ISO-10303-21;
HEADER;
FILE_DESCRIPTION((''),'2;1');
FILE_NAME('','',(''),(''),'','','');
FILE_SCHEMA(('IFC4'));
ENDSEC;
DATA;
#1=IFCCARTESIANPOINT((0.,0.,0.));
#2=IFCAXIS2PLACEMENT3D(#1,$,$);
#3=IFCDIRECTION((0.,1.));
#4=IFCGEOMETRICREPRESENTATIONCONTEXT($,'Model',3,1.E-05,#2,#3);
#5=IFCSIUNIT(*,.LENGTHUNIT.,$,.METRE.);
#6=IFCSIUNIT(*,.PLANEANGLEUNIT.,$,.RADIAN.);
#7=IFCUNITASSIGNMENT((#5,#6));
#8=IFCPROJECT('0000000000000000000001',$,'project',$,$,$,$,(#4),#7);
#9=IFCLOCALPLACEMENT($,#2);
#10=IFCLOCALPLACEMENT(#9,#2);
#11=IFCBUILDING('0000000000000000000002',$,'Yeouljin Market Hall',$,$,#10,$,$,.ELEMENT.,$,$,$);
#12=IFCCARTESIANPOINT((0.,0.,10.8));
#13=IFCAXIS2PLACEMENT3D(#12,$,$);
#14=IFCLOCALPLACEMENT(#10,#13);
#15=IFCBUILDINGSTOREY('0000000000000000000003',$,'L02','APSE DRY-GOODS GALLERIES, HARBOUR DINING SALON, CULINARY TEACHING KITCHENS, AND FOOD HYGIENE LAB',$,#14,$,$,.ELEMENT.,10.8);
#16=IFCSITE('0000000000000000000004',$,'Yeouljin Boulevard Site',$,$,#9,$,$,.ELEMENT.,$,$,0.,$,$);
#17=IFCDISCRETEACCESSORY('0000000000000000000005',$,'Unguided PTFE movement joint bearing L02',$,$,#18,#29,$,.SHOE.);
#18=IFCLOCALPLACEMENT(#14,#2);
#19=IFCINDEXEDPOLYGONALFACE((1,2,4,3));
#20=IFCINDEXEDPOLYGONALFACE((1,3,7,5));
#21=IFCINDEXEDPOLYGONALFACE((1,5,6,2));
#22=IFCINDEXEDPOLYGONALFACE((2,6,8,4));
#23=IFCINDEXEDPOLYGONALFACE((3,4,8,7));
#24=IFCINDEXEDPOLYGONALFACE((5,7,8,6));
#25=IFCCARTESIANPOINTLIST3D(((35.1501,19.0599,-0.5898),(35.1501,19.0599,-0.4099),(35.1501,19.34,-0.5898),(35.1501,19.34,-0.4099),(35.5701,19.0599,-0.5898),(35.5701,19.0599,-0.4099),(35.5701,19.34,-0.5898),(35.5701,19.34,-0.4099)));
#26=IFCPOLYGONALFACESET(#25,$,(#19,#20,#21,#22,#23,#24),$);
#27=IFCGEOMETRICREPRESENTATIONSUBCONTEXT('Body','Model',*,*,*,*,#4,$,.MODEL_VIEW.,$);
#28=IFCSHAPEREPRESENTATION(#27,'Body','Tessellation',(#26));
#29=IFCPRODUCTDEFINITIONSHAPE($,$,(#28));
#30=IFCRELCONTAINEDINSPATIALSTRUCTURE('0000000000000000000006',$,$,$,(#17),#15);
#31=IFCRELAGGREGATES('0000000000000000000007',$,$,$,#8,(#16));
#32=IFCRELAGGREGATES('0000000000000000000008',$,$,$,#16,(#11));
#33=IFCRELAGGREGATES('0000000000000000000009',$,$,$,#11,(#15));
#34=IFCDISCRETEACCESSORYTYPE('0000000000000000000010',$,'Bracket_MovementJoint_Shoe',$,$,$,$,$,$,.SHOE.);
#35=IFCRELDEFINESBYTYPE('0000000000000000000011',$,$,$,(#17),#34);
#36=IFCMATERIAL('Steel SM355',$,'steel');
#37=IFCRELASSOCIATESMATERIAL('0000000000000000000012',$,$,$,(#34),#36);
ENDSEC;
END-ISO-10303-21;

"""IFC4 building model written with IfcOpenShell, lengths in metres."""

from ifc_helpers import new_model, si_unit, direction, frame, origin, origin_2d, place, context, subcontext, project, spatial, rectangle, extrude, material, type_object, element, save


model = new_model("IFC4")

# Units and contexts
model_context = context("Model", 3, precision=1e-05, world=origin(), true_north=direction((0.0, 1.0)))
body_context = subcontext(model_context, "Body", "Model", "MODEL_VIEW")
ifc_project = project(units=[si_unit("LENGTHUNIT", "METRE"), si_unit("PLANEANGLEUNIT", "RADIAN")], contexts=[model_context])

# Site, building, storey
site_placement = place(None, origin())
site = spatial("IfcSite", under=ifc_project, at=site_placement, Name="Yeouljin Boulevard Site", CompositionType="ELEMENT", RefElevation=0.0)
building_placement = place(site_placement, origin())
building = spatial("IfcBuilding", under=site, at=building_placement, Name="Yeouljin Market Hall", CompositionType="ELEMENT")
storey_placement = place(building_placement, frame((0.0, 0.0, 10.8)))
storey = spatial("IfcBuildingStorey", under=building, at=storey_placement, Name="L02", Description="APSE DRY-GOODS GALLERIES, HARBOUR DINING SALON, CULINARY TEACHING KITCHENS, AND FOOD HYGIENE LAB", CompositionType="ELEMENT", Elevation=10.8)

# Discrete accessory
ifc_material_1 = material(Name="Steel SM355", Category="steel")
discrete_accessory_type = type_object("IfcDiscreteAccessoryType", Name="Bracket_MovementJoint_Shoe", PredefinedType="SHOE", material=ifc_material_1)
for number, where, z_axis, x_axis, name in (
    (1, (35.3601, 19.2, -0.5898), (0.0, 0.0, 1.0), (1.0, 0.0, 0.0), "Unguided PTFE movement joint bearing L02"),
):
    element("IfcDiscreteAccessory", number, at=place(storey_placement, frame(where, z_axis=z_axis, x_axis=x_axis)), inside=storey, type_object=discrete_accessory_type, Name=name, PredefinedType="SHOE", context=body_context, shape_type="SweptSolid", body=[
        extrude(rectangle(XDim=0.4199, YDim=0.28, at=origin_2d()), origin(), (0.0, 0.0, 1.0), 0.1799),
    ])

save(model, "model.ifc")
